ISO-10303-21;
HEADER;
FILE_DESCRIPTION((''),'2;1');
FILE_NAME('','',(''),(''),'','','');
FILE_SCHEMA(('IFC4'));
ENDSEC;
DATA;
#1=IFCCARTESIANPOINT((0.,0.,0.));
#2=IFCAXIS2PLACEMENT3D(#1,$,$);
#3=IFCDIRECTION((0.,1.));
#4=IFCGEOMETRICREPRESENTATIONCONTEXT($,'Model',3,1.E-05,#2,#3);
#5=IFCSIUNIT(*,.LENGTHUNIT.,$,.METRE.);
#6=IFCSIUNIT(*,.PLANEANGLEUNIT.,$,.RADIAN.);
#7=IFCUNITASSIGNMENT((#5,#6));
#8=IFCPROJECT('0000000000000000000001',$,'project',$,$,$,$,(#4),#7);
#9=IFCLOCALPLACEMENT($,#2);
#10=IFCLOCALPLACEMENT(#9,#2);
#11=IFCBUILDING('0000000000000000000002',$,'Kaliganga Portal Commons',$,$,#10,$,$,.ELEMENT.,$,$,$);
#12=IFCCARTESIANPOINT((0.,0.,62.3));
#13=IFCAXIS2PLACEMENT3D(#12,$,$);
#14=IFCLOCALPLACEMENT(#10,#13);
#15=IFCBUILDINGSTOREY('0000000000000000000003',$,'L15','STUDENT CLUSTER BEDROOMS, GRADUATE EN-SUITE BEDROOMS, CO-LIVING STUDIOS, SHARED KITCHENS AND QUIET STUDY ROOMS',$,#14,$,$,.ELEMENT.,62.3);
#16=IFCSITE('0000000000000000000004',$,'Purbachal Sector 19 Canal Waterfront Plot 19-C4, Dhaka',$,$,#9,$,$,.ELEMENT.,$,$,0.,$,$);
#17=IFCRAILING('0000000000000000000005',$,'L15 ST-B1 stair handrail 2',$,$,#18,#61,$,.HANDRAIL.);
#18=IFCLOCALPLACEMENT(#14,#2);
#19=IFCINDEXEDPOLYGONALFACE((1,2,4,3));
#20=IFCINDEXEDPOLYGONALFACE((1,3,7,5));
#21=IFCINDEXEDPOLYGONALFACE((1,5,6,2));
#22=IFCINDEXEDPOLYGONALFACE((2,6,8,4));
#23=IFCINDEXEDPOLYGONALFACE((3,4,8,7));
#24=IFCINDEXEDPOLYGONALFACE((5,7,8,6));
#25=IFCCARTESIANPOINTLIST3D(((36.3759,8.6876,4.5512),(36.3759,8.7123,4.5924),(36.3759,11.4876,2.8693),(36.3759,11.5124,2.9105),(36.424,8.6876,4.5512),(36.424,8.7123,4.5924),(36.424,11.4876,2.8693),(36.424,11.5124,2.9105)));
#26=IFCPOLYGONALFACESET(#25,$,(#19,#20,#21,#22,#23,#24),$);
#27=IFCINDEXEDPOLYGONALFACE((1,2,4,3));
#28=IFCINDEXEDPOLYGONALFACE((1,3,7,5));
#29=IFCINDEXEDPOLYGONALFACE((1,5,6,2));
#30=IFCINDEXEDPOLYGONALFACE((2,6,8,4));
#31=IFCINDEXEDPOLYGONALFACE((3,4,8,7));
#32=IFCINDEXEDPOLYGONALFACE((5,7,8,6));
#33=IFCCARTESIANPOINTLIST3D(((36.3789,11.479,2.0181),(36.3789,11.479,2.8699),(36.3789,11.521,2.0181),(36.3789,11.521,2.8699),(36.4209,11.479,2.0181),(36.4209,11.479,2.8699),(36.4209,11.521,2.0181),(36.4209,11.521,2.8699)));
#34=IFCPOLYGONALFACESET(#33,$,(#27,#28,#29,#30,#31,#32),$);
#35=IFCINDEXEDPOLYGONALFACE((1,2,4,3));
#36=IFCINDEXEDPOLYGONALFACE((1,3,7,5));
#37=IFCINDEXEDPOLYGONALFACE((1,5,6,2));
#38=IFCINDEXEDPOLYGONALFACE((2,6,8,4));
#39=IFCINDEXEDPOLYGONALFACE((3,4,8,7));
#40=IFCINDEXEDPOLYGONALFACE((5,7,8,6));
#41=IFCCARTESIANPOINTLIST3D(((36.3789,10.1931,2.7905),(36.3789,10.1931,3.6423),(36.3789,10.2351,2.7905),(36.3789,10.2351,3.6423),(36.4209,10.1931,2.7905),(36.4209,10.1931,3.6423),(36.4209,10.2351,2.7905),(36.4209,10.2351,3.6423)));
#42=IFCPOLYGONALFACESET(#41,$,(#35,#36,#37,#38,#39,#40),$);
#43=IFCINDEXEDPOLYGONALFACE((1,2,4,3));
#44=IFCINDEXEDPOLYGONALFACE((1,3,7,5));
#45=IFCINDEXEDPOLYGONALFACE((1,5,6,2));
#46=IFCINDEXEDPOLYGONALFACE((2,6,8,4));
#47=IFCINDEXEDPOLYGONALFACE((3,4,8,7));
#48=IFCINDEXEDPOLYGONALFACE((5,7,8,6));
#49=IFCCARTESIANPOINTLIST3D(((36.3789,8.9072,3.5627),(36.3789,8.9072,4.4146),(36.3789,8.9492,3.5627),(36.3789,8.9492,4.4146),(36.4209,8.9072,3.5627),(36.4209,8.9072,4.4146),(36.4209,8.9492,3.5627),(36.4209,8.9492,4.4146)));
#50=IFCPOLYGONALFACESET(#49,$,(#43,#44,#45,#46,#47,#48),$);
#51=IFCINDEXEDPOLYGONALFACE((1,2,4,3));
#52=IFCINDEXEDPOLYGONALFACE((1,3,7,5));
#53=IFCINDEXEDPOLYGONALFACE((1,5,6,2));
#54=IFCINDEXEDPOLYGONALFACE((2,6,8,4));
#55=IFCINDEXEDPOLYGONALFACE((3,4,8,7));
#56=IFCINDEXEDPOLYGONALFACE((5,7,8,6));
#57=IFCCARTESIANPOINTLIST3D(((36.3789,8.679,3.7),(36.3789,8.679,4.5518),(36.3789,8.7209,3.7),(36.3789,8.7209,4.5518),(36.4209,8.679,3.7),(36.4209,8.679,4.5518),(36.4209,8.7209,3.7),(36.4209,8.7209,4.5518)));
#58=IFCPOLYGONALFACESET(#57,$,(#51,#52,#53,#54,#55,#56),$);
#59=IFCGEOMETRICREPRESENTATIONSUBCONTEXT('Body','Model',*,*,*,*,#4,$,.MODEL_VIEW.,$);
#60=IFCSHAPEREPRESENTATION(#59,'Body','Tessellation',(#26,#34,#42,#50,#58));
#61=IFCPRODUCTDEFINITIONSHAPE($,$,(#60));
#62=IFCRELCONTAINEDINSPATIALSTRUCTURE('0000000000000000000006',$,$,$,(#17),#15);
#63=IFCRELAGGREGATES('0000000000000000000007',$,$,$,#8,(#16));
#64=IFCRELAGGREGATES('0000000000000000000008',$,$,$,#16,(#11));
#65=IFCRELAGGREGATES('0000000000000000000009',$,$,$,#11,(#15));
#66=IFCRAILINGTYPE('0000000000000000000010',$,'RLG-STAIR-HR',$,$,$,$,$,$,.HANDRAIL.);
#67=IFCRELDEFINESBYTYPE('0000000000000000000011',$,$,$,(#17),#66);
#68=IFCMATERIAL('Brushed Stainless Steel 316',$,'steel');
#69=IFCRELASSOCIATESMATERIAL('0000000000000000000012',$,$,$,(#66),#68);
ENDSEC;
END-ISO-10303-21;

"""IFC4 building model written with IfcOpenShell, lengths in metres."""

from ifc_helpers import new_model, si_unit, direction, frame, origin, origin_2d, place, context, subcontext, project, spatial, rectangle, extrude, material, type_object, element, save


model = new_model("IFC4")

# Units and contexts
model_context = context("Model", 3, precision=1e-05, world=origin(), true_north=direction((0.0, 1.0)))
body_context = subcontext(model_context, "Body", "Model", "MODEL_VIEW")
ifc_project = project(units=[si_unit("LENGTHUNIT", "METRE"), si_unit("PLANEANGLEUNIT", "RADIAN")], contexts=[model_context])

# Site, building, storey
site_placement = place(None, origin())
site = spatial("IfcSite", under=ifc_project, at=site_placement, Name="Purbachal Sector 19 Canal Waterfront Plot 19-C4, Dhaka", CompositionType="ELEMENT", RefElevation=0.0)
building_placement = place(site_placement, origin())
building = spatial("IfcBuilding", under=site, at=building_placement, Name="Kaliganga Portal Commons", CompositionType="ELEMENT")
storey_placement = place(building_placement, frame((0.0, 0.0, 62.3)))
storey = spatial("IfcBuildingStorey", under=building, at=storey_placement, Name="L15", Description="STUDENT CLUSTER BEDROOMS, GRADUATE EN-SUITE BEDROOMS, CO-LIVING STUDIOS, SHARED KITCHENS AND QUIET STUDY ROOMS", CompositionType="ELEMENT", Elevation=62.3)

# Railing
ifc_material_1 = material(Name="Brushed Stainless Steel 316", Category="steel")
railing_type_1 = type_object("IfcRailingType", Name="RLG-STAIR-HR", PredefinedType="HANDRAIL", material=ifc_material_1)
railing_1_placement = place(storey_placement, frame((36.3999, 11.5, 2.0181)))
element("IfcRailing", 1, at=railing_1_placement, inside=storey, type_object=railing_type_1, Name="L15 ST-B1 stair handrail 2", PredefinedType="HANDRAIL", context=body_context, shape_type="SweptSolid", body=[
    extrude(rectangle(XDim=0.0481, YDim=0.0481, at=origin_2d()), frame((0.0, 0.0, 0.8718), z_axis=(0.0, -0.857242, 0.514913), x_axis=(1.0, 0.0, 0.0)), (0.0, 0.0, 1.0), 3.2664),
    extrude(rectangle(XDim=0.042, YDim=0.042, at=origin_2d()), origin(), (0.0, 0.0, 1.0), 0.8518),
    extrude(rectangle(XDim=0.042, YDim=0.042, at=origin_2d()), frame((0.0, -1.2859, 0.7725)), (0.0, 0.0, 1.0), 0.8518),
    extrude(rectangle(XDim=0.042, YDim=0.042, at=origin_2d()), frame((0.0, -2.5718, 1.5447)), (0.0, 0.0, 1.0), 0.8518),
    extrude(rectangle(XDim=0.042, YDim=0.042, at=origin_2d()), frame((0.0, -2.8, 1.6819)), (0.0, 0.0, 1.0), 0.8518),
])

save(model, "model.ifc")
